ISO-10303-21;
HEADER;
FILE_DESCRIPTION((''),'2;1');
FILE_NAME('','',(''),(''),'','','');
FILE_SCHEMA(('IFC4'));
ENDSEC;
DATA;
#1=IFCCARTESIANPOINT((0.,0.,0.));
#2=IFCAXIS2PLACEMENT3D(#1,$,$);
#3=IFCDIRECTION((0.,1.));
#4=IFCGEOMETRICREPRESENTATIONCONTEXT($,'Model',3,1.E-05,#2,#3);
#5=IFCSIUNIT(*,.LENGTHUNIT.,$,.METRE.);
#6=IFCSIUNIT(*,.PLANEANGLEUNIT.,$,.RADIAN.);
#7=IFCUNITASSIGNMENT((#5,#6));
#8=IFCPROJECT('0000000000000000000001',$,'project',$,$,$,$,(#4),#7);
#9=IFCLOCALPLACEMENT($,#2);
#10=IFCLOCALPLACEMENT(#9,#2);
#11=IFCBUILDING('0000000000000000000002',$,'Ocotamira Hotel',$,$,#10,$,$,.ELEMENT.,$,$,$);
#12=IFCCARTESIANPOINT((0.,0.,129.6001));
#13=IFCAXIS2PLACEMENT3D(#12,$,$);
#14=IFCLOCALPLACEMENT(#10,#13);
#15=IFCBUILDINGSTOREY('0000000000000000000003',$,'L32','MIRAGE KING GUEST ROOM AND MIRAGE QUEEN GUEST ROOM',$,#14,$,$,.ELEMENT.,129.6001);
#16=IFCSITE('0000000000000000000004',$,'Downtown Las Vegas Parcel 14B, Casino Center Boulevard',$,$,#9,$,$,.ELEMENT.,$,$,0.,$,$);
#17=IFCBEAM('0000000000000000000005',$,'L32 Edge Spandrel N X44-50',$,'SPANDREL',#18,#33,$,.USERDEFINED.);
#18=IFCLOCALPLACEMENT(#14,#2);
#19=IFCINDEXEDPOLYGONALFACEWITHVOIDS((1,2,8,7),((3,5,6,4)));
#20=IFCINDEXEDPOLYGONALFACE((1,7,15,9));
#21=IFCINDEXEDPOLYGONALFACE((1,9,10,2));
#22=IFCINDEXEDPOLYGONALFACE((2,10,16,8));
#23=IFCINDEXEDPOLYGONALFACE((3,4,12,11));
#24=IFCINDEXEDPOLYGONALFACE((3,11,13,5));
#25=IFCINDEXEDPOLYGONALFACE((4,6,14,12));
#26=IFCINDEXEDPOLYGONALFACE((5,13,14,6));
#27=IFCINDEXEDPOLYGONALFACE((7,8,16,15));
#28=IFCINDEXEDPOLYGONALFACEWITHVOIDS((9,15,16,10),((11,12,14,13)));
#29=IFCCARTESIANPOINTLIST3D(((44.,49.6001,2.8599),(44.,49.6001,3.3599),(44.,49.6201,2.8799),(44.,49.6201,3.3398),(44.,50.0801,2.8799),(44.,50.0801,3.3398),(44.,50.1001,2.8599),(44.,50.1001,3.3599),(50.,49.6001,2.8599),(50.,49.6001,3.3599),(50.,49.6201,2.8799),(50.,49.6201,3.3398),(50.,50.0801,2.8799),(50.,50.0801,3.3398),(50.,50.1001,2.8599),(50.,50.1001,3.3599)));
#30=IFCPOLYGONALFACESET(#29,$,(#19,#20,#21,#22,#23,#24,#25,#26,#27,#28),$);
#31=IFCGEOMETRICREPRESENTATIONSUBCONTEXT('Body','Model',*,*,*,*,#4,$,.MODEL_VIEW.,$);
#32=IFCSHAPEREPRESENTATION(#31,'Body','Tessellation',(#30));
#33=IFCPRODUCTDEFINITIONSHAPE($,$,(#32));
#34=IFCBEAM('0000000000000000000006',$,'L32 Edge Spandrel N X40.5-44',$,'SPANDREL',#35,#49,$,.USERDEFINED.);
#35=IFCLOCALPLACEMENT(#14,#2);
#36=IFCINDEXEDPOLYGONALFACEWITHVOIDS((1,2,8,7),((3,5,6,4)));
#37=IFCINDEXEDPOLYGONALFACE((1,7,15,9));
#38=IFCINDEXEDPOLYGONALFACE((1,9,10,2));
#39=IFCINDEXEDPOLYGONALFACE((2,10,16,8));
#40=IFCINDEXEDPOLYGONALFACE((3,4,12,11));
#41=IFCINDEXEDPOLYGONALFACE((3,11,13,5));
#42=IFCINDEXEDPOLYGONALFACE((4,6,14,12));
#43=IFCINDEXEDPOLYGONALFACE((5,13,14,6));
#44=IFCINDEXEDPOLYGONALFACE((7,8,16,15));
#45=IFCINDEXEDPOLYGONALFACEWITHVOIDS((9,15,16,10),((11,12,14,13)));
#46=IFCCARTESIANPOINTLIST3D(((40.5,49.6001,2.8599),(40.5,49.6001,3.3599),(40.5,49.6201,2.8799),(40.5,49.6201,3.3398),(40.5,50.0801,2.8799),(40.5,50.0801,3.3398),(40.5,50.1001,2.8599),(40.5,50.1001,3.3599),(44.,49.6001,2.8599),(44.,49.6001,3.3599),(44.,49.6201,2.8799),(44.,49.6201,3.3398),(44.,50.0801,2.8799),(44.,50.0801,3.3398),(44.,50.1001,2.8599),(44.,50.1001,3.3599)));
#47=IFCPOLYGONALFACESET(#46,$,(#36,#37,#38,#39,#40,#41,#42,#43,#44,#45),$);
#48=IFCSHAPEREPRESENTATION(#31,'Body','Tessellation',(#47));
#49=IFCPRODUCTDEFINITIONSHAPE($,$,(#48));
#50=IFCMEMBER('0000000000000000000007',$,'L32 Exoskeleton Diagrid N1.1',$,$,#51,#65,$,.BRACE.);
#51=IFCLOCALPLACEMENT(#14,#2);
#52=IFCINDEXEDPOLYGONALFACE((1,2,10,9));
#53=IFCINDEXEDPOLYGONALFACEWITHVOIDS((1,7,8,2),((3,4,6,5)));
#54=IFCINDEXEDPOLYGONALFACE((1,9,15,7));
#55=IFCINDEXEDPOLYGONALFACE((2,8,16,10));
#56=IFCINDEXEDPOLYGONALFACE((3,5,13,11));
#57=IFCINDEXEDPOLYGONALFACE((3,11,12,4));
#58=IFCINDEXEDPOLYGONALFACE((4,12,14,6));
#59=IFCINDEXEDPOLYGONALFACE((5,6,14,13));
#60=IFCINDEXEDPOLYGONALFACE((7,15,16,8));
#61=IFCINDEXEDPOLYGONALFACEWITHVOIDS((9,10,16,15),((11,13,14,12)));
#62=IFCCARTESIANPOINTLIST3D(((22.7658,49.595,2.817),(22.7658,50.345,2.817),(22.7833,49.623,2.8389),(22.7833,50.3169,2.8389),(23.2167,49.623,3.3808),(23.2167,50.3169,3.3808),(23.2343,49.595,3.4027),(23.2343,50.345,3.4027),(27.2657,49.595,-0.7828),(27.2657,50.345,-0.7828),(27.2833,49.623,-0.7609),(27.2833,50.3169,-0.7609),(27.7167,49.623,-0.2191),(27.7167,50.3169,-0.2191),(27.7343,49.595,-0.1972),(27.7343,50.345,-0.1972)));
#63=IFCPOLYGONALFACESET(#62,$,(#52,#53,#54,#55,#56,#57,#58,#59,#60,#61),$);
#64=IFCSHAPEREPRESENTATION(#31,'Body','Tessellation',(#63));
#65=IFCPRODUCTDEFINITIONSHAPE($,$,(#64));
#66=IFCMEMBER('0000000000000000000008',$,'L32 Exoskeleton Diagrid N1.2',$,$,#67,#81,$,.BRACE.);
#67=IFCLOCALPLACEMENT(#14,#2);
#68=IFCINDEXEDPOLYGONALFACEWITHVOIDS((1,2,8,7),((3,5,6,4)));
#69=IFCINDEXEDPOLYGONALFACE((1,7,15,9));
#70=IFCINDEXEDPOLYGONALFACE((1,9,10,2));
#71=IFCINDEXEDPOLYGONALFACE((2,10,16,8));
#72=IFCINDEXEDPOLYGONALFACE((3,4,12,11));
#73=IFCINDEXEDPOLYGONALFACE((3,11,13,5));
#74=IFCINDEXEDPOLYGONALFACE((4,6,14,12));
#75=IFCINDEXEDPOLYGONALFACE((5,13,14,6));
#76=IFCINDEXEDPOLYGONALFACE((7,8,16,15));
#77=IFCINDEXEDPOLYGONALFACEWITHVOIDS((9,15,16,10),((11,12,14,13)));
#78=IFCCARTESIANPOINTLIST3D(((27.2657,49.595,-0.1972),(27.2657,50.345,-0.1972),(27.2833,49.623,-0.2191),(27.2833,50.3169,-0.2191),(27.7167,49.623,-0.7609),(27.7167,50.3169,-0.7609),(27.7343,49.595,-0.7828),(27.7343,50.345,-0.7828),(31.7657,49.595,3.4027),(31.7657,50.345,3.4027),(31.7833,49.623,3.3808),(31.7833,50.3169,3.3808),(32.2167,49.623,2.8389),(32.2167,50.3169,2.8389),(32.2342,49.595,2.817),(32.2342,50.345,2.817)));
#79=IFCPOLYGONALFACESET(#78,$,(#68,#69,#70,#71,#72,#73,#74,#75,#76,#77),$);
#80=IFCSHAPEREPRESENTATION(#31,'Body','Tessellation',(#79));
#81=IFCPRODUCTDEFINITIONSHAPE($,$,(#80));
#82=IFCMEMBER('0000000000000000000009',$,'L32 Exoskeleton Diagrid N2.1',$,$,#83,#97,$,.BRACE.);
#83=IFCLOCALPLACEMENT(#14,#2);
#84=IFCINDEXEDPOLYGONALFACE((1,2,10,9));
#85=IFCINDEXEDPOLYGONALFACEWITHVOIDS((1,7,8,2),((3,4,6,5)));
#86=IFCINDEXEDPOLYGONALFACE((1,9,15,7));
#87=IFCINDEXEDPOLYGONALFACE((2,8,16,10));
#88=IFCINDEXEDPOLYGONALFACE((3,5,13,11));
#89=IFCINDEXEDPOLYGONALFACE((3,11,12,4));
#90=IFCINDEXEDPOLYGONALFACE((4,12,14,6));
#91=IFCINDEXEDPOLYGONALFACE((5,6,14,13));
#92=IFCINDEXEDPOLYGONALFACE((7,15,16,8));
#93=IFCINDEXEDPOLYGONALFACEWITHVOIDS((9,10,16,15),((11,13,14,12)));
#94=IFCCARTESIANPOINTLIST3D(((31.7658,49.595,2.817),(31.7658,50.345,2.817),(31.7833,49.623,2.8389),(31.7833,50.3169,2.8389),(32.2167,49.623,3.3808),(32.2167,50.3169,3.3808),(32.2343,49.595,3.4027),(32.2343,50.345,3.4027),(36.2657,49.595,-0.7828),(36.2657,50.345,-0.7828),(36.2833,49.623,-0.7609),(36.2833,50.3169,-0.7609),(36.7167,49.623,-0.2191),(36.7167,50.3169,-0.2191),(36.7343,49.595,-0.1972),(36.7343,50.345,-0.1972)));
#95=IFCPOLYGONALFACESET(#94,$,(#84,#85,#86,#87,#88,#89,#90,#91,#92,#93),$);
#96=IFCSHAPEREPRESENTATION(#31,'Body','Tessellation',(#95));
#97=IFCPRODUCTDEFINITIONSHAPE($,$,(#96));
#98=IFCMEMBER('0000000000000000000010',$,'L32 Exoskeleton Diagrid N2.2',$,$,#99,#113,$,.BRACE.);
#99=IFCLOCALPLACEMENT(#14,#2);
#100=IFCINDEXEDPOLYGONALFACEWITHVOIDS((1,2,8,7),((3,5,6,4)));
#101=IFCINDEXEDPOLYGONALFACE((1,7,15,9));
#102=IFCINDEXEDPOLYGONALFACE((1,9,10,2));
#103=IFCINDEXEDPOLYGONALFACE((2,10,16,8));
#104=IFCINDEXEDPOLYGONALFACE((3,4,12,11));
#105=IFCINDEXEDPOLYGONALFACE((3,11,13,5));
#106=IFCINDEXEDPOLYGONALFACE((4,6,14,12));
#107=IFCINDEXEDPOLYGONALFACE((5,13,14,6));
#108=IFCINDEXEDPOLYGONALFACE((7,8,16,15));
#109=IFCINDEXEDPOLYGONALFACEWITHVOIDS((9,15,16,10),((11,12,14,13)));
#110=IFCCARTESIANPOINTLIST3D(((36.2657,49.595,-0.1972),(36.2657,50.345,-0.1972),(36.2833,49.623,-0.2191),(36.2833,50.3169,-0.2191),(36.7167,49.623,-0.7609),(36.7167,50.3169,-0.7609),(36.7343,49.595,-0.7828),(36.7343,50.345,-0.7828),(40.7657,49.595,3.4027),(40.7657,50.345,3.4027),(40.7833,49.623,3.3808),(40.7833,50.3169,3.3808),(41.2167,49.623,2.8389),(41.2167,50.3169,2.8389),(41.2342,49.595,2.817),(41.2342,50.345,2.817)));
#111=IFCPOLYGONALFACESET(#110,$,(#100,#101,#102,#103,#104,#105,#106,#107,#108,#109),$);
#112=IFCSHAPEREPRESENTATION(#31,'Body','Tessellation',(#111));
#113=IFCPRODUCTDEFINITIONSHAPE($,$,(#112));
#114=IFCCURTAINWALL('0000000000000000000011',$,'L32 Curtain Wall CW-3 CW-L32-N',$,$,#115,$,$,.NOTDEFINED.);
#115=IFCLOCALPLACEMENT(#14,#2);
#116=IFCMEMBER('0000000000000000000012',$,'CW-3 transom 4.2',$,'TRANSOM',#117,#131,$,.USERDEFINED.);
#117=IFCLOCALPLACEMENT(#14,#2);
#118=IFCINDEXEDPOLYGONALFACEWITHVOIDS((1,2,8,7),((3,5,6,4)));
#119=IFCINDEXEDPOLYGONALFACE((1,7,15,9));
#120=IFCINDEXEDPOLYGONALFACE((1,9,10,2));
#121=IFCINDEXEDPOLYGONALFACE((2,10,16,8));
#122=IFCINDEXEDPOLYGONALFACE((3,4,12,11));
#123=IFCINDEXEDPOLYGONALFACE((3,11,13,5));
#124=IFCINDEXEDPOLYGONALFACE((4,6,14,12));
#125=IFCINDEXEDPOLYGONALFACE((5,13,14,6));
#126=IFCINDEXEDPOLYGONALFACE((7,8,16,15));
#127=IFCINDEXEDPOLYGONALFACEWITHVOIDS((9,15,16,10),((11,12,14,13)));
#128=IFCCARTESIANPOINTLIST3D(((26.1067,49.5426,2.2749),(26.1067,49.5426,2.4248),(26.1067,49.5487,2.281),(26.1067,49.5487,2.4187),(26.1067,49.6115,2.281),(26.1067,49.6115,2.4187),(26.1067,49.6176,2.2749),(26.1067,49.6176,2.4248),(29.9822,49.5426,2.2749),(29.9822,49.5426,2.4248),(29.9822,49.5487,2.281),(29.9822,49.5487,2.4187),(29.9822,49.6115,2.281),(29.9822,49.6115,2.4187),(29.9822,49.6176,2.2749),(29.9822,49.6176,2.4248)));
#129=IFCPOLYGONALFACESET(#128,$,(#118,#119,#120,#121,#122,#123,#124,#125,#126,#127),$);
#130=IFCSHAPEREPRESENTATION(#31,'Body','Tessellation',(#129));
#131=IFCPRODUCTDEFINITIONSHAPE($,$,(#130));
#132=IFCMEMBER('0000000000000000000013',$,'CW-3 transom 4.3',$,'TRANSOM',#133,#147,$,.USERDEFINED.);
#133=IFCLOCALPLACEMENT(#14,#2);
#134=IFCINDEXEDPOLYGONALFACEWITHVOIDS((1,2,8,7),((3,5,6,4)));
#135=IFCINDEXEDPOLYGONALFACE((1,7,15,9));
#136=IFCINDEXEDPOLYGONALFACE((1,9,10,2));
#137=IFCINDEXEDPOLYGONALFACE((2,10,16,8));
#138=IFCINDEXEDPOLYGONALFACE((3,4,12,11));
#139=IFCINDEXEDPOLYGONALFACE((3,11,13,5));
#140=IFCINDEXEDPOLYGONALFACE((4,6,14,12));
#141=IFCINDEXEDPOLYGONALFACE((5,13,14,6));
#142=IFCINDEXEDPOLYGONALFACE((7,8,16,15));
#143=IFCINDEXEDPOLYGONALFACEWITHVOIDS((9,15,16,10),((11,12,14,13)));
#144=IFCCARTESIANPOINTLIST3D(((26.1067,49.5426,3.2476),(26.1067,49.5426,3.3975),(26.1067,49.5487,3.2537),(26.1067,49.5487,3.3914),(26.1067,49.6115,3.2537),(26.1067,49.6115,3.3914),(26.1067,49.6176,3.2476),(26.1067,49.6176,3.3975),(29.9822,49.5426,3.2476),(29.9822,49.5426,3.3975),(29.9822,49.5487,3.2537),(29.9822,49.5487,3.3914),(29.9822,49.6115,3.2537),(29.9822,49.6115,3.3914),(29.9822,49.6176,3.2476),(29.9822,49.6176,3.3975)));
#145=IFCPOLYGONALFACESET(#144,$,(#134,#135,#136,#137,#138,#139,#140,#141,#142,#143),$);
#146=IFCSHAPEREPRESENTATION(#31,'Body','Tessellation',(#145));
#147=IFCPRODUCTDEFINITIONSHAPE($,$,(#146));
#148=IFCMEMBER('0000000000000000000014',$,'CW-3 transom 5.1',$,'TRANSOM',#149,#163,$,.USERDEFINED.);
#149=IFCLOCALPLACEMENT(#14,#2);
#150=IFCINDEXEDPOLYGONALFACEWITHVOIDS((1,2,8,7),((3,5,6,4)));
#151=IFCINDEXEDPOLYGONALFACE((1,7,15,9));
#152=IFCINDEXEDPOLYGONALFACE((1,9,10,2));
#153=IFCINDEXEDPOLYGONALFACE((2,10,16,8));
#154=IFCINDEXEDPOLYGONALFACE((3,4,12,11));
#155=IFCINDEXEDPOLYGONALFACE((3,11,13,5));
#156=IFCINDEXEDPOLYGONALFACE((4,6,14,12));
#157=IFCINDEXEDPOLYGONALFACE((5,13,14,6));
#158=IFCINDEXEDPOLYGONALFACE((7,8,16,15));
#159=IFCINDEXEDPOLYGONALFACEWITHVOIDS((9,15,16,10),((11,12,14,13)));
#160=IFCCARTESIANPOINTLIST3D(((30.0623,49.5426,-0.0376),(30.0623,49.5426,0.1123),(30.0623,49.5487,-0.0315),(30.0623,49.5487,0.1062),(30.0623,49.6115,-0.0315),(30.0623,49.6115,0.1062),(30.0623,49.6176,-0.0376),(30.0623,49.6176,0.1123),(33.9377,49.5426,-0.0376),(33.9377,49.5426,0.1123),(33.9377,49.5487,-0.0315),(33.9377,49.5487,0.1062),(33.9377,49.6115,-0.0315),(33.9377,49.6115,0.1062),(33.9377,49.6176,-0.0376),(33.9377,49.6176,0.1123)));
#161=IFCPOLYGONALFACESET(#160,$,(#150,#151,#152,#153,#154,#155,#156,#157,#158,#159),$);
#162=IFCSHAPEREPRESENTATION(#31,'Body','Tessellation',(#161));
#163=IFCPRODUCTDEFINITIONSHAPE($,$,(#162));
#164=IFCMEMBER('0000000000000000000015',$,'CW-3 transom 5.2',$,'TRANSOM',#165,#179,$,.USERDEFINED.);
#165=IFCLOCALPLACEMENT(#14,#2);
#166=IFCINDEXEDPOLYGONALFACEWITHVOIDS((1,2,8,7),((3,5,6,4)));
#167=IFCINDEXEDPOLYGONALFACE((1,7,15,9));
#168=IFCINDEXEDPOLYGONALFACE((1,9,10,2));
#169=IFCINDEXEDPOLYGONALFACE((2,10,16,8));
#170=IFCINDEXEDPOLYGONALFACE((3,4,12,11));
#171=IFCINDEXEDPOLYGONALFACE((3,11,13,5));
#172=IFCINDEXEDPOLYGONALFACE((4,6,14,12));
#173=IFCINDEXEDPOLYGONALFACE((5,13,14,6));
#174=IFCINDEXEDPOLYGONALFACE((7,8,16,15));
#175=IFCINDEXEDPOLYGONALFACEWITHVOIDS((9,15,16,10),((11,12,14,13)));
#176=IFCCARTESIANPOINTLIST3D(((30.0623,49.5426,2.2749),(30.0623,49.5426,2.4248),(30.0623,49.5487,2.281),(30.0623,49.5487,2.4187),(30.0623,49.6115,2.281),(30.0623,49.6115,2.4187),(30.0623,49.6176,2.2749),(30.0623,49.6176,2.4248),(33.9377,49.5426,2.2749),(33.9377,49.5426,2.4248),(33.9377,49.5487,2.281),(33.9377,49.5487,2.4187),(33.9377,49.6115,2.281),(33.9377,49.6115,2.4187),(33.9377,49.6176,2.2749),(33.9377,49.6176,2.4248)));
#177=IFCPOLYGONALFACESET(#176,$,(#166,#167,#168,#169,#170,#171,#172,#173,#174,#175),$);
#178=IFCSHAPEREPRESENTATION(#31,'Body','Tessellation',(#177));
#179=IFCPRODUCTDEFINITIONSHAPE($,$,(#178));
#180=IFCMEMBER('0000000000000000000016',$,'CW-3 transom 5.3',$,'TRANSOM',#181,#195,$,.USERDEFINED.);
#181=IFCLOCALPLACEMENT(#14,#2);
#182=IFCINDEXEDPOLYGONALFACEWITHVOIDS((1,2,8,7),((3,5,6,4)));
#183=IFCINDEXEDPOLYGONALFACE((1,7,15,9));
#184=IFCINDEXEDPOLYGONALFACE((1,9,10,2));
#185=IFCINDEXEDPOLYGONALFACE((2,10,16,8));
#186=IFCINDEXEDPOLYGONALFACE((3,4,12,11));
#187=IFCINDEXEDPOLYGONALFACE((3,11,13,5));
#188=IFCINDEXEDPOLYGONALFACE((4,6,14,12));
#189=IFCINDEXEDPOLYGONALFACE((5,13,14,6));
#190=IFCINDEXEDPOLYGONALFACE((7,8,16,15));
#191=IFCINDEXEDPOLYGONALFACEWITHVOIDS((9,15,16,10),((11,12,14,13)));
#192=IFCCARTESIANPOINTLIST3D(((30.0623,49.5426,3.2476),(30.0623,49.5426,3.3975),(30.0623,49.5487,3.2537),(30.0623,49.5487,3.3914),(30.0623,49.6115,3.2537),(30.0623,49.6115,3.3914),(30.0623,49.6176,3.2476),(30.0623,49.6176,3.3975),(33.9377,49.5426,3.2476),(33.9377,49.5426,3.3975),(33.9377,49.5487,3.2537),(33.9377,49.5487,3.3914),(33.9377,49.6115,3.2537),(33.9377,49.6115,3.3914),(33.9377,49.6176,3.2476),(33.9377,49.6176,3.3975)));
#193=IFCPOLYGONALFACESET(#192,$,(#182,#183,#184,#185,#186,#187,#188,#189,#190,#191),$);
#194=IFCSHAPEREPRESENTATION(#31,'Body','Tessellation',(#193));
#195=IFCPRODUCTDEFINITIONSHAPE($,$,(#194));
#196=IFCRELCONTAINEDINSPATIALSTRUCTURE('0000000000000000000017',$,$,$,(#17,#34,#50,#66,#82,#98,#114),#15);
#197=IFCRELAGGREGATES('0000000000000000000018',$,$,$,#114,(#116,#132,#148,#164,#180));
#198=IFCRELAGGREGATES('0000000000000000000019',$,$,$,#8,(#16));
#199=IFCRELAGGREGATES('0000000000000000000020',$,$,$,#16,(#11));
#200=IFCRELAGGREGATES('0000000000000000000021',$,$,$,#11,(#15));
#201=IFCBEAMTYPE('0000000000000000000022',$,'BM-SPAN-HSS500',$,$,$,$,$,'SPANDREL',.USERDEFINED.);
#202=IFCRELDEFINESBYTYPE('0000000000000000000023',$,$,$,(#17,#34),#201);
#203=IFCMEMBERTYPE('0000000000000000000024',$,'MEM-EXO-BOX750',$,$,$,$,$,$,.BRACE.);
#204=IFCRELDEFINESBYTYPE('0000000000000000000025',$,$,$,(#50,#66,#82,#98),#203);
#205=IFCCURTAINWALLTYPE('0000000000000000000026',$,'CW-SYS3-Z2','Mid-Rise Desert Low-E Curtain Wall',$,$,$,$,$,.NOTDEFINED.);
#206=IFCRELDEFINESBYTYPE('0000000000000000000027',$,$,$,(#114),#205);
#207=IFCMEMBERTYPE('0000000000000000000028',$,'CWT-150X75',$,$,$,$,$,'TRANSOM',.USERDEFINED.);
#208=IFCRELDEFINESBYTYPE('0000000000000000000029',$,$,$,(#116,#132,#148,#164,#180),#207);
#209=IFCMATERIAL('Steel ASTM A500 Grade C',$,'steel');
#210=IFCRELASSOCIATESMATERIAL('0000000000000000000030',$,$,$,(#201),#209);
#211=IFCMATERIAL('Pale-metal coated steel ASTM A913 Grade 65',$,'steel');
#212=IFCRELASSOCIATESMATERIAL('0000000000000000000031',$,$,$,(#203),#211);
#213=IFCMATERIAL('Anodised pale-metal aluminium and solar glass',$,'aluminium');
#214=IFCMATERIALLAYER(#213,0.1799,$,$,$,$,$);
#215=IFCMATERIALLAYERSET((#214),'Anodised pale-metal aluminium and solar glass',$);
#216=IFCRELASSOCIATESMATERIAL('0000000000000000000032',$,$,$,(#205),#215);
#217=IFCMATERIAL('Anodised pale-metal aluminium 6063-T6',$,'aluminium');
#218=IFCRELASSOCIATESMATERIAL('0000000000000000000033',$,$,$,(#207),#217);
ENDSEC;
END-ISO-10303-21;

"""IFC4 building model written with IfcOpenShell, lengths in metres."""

from ifc_helpers import new_model, si_unit, direction, frame, origin, origin_2d, place, context, subcontext, project, spatial, hollow_rectangle, extrude, source, transform, mapped, material, layer, layer_set, material_profile, profile_set, type_object, element, aggregate, save


model = new_model("IFC4")

# Units and contexts
model_context = context("Model", 3, precision=1e-05, world=origin(), true_north=direction((0.0, 1.0)))
body_context = subcontext(model_context, "Body", "Model", "MODEL_VIEW")
ifc_project = project(units=[si_unit("LENGTHUNIT", "METRE"), si_unit("PLANEANGLEUNIT", "RADIAN")], contexts=[model_context])

# Site, building, storey
site_placement = place(None, origin())
site = spatial("IfcSite", under=ifc_project, at=site_placement, Name="Downtown Las Vegas Parcel 14B, Casino Center Boulevard", CompositionType="ELEMENT", RefElevation=0.0)
building_placement = place(site_placement, origin())
building = spatial("IfcBuilding", under=site, at=building_placement, Name="Ocotamira Hotel", CompositionType="ELEMENT")
storey_placement = place(building_placement, frame((0.0, 0.0, 129.6001)))
storey = spatial("IfcBuildingStorey", under=building, at=storey_placement, Name="L32", Description="MIRAGE KING GUEST ROOM AND MIRAGE QUEEN GUEST ROOM", CompositionType="ELEMENT", Elevation=129.6001)

# Beams
ifc_material_1 = material(Name="Steel ASTM A500 Grade C", Category="steel")
ifc_material_profile_1 = material_profile(ifc_material_1, hollow_rectangle(XDim=0.5, YDim=0.5, WallThickness=0.02, at=origin_2d()), Name="HSS500X500X20")
ifc_profile_set_1 = profile_set([ifc_material_profile_1], Name="Steel ASTM A500 Grade C")
beam_type = type_object("IfcBeamType", Name="BM-SPAN-HSS500", ElementType="SPANDREL", PredefinedType="USERDEFINED", material=ifc_profile_set_1)
shared_shape_1 = source(origin(), body_context, "Body", "SweptSolid", [
    extrude(hollow_rectangle(XDim=0.5, YDim=0.5, WallThickness=0.02, at=origin_2d()), origin(), (0.0, 0.0, 1.0), 6.0),
])
beam_1_placement = place(storey_placement, frame((44.0, 49.8501, 3.1099), z_axis=(1.0, 0.0, 0.0), x_axis=(0.0, 1.0, 0.0)))
element("IfcBeam", 1, at=beam_1_placement, inside=storey, type_object=beam_type, Name="L32 Edge Spandrel N X44-50", ObjectType="SPANDREL", PredefinedType="USERDEFINED", context=body_context, shape_type="MappedRepresentation", body=[
    mapped(shared_shape_1, transform((0.0, 0.0, 0.0), scale=1.0)),
])
shared_shape_2 = source(origin(), body_context, "Body", "SweptSolid", [
    extrude(hollow_rectangle(XDim=0.5, YDim=0.5, WallThickness=0.02, at=origin_2d()), origin(), (0.0, 0.0, 1.0), 3.5),
])
beam_2_placement = place(storey_placement, frame((40.5, 49.8501, 3.1099), z_axis=(1.0, 0.0, 0.0), x_axis=(0.0, 1.0, 0.0)))
element("IfcBeam", 2, at=beam_2_placement, inside=storey, type_object=beam_type, Name="L32 Edge Spandrel N X40.5-44", ObjectType="SPANDREL", PredefinedType="USERDEFINED", context=body_context, shape_type="MappedRepresentation", body=[
    mapped(shared_shape_2, transform((0.0, 0.0, 0.0), scale=1.0)),
])

# Members
ifc_material_2 = material(Name="Pale-metal coated steel ASTM A913 Grade 65", Category="steel")
ifc_material_profile_2 = material_profile(ifc_material_2, hollow_rectangle(XDim=0.75, YDim=0.75, WallThickness=0.0281, at=origin_2d()), Name="BOX750X750X28")
ifc_profile_set_2 = profile_set([ifc_material_profile_2], Name="Pale-metal coated steel ASTM A913 Grade 65")
member_type_1 = type_object("IfcMemberType", Name="MEM-EXO-BOX750", PredefinedType="BRACE", material=ifc_profile_set_2)
shared_shape_3 = source(origin(), body_context, "Body", "SweptSolid", [
    extrude(hollow_rectangle(XDim=0.75, YDim=0.75, WallThickness=0.0281, at=origin_2d()), origin(), (0.0, 0.0, 1.0), 5.7627),
])
for number, where, z_axis, x_axis, name in (
    (3, (27.5, 49.97, -0.49), (-0.780881, 0.0, 0.62468), (0.0, -1.0, 0.0), "L32 Exoskeleton Diagrid N1.1"),
    (4, (27.5, 49.97, -0.49), (0.780881, 0.0, 0.62468), (0.0, 1.0, 0.0), "L32 Exoskeleton Diagrid N1.2"),
    (5, (36.5, 49.97, -0.49), (-0.780881, 0.0, 0.62468), (0.0, -1.0, 0.0), "L32 Exoskeleton Diagrid N2.1"),
    (6, (36.5, 49.97, -0.49), (0.780881, 0.0, 0.62468), (0.0, 1.0, 0.0), "L32 Exoskeleton Diagrid N2.2"),
):
    element("IfcMember", number, at=place(storey_placement, frame(where, z_axis=z_axis, x_axis=x_axis)), inside=storey, type_object=member_type_1, Name=name, PredefinedType="BRACE", context=body_context, shape_type="MappedRepresentation", body=[
        mapped(shared_shape_3, transform((0.0, 0.0, 0.0), scale=1.0)),
    ])

# Curtain wall, members
ifc_material_3 = material(Name="Anodised pale-metal aluminium and solar glass", Category="aluminium")
ifc_layer_1 = layer(ifc_material_3, 0.1799)
ifc_layer_set_1 = layer_set([ifc_layer_1], Name="Anodised pale-metal aluminium and solar glass")
curtain_wall_type = type_object("IfcCurtainWallType", Name="CW-SYS3-Z2", Description="Mid-Rise Desert Low-E Curtain Wall", PredefinedType="NOTDEFINED", material=ifc_layer_set_1)
curtain_wall_placement = place(storey_placement, origin())
curtain_wall = element("IfcCurtainWall", 7, at=curtain_wall_placement, inside=storey, type_object=curtain_wall_type, Name="L32 Curtain Wall CW-3 CW-L32-N", PredefinedType="NOTDEFINED")
ifc_material_4 = material(Name="Anodised pale-metal aluminium 6063-T6", Category="aluminium")
ifc_material_profile_3 = material_profile(ifc_material_4, hollow_rectangle(XDim=0.075, YDim=0.1499, WallThickness=0.0061, at=origin_2d()), Name="HSS150X75X6")
ifc_profile_set_3 = profile_set([ifc_material_profile_3], Name="Anodised pale-metal aluminium 6063-T6")
member_type_2 = type_object("IfcMemberType", Name="CWT-150X75", ElementType="TRANSOM", PredefinedType="USERDEFINED", material=ifc_profile_set_3)
shared_shape_4 = source(origin(), body_context, "Body", "SweptSolid", [
    extrude(hollow_rectangle(XDim=0.075, YDim=0.1499, WallThickness=0.0061, at=origin_2d()), origin(), (0.0, 0.0, 1.0), 3.8755),
])
member_1_placement = place(storey_placement, frame((26.1067, 49.5801, 2.3499), z_axis=(1.0, 0.0, 0.0), x_axis=(0.0, 1.0, 0.0)))
member_1 = element("IfcMember", 8, at=member_1_placement, type_object=member_type_2, Name="CW-3 transom 4.2", ObjectType="TRANSOM", PredefinedType="USERDEFINED", context=body_context, shape_type="MappedRepresentation", body=[
    mapped(shared_shape_4, transform((0.0, 0.0, 0.0), scale=1.0)),
])
member_2_placement = place(storey_placement, frame((26.1067, 49.5801, 3.3225), z_axis=(1.0, 0.0, 0.0), x_axis=(0.0, 1.0, 0.0)))
member_2 = element("IfcMember", 9, at=member_2_placement, type_object=member_type_2, Name="CW-3 transom 4.3", ObjectType="TRANSOM", PredefinedType="USERDEFINED", context=body_context, shape_type="MappedRepresentation", body=[
    mapped(shared_shape_4, transform((0.0, 0.0, 0.0), scale=1.0)),
])
member_3_placement = place(storey_placement, frame((30.0623, 49.5801, 0.0374), z_axis=(1.0, 0.0, 0.0), x_axis=(0.0, 1.0, 0.0)))
member_3 = element("IfcMember", 10, at=member_3_placement, type_object=member_type_2, Name="CW-3 transom 5.1", ObjectType="TRANSOM", PredefinedType="USERDEFINED", context=body_context, shape_type="MappedRepresentation", body=[
    mapped(shared_shape_4, transform((0.0, 0.0, 0.0), scale=1.0)),
])
member_4_placement = place(storey_placement, frame((30.0623, 49.5801, 2.3499), z_axis=(1.0, 0.0, 0.0), x_axis=(0.0, 1.0, 0.0)))
member_4 = element("IfcMember", 11, at=member_4_placement, type_object=member_type_2, Name="CW-3 transom 5.2", ObjectType="TRANSOM", PredefinedType="USERDEFINED", context=body_context, shape_type="MappedRepresentation", body=[
    mapped(shared_shape_4, transform((0.0, 0.0, 0.0), scale=1.0)),
])
member_5_placement = place(storey_placement, frame((30.0623, 49.5801, 3.3225), z_axis=(1.0, 0.0, 0.0), x_axis=(0.0, 1.0, 0.0)))
member_5 = element("IfcMember", 12, at=member_5_placement, type_object=member_type_2, Name="CW-3 transom 5.3", ObjectType="TRANSOM", PredefinedType="USERDEFINED", context=body_context, shape_type="MappedRepresentation", body=[
    mapped(shared_shape_4, transform((0.0, 0.0, 0.0), scale=1.0)),
])

aggregate(curtain_wall, [member_1, member_2, member_3, member_4, member_5])

save(model, "model.ifc")
